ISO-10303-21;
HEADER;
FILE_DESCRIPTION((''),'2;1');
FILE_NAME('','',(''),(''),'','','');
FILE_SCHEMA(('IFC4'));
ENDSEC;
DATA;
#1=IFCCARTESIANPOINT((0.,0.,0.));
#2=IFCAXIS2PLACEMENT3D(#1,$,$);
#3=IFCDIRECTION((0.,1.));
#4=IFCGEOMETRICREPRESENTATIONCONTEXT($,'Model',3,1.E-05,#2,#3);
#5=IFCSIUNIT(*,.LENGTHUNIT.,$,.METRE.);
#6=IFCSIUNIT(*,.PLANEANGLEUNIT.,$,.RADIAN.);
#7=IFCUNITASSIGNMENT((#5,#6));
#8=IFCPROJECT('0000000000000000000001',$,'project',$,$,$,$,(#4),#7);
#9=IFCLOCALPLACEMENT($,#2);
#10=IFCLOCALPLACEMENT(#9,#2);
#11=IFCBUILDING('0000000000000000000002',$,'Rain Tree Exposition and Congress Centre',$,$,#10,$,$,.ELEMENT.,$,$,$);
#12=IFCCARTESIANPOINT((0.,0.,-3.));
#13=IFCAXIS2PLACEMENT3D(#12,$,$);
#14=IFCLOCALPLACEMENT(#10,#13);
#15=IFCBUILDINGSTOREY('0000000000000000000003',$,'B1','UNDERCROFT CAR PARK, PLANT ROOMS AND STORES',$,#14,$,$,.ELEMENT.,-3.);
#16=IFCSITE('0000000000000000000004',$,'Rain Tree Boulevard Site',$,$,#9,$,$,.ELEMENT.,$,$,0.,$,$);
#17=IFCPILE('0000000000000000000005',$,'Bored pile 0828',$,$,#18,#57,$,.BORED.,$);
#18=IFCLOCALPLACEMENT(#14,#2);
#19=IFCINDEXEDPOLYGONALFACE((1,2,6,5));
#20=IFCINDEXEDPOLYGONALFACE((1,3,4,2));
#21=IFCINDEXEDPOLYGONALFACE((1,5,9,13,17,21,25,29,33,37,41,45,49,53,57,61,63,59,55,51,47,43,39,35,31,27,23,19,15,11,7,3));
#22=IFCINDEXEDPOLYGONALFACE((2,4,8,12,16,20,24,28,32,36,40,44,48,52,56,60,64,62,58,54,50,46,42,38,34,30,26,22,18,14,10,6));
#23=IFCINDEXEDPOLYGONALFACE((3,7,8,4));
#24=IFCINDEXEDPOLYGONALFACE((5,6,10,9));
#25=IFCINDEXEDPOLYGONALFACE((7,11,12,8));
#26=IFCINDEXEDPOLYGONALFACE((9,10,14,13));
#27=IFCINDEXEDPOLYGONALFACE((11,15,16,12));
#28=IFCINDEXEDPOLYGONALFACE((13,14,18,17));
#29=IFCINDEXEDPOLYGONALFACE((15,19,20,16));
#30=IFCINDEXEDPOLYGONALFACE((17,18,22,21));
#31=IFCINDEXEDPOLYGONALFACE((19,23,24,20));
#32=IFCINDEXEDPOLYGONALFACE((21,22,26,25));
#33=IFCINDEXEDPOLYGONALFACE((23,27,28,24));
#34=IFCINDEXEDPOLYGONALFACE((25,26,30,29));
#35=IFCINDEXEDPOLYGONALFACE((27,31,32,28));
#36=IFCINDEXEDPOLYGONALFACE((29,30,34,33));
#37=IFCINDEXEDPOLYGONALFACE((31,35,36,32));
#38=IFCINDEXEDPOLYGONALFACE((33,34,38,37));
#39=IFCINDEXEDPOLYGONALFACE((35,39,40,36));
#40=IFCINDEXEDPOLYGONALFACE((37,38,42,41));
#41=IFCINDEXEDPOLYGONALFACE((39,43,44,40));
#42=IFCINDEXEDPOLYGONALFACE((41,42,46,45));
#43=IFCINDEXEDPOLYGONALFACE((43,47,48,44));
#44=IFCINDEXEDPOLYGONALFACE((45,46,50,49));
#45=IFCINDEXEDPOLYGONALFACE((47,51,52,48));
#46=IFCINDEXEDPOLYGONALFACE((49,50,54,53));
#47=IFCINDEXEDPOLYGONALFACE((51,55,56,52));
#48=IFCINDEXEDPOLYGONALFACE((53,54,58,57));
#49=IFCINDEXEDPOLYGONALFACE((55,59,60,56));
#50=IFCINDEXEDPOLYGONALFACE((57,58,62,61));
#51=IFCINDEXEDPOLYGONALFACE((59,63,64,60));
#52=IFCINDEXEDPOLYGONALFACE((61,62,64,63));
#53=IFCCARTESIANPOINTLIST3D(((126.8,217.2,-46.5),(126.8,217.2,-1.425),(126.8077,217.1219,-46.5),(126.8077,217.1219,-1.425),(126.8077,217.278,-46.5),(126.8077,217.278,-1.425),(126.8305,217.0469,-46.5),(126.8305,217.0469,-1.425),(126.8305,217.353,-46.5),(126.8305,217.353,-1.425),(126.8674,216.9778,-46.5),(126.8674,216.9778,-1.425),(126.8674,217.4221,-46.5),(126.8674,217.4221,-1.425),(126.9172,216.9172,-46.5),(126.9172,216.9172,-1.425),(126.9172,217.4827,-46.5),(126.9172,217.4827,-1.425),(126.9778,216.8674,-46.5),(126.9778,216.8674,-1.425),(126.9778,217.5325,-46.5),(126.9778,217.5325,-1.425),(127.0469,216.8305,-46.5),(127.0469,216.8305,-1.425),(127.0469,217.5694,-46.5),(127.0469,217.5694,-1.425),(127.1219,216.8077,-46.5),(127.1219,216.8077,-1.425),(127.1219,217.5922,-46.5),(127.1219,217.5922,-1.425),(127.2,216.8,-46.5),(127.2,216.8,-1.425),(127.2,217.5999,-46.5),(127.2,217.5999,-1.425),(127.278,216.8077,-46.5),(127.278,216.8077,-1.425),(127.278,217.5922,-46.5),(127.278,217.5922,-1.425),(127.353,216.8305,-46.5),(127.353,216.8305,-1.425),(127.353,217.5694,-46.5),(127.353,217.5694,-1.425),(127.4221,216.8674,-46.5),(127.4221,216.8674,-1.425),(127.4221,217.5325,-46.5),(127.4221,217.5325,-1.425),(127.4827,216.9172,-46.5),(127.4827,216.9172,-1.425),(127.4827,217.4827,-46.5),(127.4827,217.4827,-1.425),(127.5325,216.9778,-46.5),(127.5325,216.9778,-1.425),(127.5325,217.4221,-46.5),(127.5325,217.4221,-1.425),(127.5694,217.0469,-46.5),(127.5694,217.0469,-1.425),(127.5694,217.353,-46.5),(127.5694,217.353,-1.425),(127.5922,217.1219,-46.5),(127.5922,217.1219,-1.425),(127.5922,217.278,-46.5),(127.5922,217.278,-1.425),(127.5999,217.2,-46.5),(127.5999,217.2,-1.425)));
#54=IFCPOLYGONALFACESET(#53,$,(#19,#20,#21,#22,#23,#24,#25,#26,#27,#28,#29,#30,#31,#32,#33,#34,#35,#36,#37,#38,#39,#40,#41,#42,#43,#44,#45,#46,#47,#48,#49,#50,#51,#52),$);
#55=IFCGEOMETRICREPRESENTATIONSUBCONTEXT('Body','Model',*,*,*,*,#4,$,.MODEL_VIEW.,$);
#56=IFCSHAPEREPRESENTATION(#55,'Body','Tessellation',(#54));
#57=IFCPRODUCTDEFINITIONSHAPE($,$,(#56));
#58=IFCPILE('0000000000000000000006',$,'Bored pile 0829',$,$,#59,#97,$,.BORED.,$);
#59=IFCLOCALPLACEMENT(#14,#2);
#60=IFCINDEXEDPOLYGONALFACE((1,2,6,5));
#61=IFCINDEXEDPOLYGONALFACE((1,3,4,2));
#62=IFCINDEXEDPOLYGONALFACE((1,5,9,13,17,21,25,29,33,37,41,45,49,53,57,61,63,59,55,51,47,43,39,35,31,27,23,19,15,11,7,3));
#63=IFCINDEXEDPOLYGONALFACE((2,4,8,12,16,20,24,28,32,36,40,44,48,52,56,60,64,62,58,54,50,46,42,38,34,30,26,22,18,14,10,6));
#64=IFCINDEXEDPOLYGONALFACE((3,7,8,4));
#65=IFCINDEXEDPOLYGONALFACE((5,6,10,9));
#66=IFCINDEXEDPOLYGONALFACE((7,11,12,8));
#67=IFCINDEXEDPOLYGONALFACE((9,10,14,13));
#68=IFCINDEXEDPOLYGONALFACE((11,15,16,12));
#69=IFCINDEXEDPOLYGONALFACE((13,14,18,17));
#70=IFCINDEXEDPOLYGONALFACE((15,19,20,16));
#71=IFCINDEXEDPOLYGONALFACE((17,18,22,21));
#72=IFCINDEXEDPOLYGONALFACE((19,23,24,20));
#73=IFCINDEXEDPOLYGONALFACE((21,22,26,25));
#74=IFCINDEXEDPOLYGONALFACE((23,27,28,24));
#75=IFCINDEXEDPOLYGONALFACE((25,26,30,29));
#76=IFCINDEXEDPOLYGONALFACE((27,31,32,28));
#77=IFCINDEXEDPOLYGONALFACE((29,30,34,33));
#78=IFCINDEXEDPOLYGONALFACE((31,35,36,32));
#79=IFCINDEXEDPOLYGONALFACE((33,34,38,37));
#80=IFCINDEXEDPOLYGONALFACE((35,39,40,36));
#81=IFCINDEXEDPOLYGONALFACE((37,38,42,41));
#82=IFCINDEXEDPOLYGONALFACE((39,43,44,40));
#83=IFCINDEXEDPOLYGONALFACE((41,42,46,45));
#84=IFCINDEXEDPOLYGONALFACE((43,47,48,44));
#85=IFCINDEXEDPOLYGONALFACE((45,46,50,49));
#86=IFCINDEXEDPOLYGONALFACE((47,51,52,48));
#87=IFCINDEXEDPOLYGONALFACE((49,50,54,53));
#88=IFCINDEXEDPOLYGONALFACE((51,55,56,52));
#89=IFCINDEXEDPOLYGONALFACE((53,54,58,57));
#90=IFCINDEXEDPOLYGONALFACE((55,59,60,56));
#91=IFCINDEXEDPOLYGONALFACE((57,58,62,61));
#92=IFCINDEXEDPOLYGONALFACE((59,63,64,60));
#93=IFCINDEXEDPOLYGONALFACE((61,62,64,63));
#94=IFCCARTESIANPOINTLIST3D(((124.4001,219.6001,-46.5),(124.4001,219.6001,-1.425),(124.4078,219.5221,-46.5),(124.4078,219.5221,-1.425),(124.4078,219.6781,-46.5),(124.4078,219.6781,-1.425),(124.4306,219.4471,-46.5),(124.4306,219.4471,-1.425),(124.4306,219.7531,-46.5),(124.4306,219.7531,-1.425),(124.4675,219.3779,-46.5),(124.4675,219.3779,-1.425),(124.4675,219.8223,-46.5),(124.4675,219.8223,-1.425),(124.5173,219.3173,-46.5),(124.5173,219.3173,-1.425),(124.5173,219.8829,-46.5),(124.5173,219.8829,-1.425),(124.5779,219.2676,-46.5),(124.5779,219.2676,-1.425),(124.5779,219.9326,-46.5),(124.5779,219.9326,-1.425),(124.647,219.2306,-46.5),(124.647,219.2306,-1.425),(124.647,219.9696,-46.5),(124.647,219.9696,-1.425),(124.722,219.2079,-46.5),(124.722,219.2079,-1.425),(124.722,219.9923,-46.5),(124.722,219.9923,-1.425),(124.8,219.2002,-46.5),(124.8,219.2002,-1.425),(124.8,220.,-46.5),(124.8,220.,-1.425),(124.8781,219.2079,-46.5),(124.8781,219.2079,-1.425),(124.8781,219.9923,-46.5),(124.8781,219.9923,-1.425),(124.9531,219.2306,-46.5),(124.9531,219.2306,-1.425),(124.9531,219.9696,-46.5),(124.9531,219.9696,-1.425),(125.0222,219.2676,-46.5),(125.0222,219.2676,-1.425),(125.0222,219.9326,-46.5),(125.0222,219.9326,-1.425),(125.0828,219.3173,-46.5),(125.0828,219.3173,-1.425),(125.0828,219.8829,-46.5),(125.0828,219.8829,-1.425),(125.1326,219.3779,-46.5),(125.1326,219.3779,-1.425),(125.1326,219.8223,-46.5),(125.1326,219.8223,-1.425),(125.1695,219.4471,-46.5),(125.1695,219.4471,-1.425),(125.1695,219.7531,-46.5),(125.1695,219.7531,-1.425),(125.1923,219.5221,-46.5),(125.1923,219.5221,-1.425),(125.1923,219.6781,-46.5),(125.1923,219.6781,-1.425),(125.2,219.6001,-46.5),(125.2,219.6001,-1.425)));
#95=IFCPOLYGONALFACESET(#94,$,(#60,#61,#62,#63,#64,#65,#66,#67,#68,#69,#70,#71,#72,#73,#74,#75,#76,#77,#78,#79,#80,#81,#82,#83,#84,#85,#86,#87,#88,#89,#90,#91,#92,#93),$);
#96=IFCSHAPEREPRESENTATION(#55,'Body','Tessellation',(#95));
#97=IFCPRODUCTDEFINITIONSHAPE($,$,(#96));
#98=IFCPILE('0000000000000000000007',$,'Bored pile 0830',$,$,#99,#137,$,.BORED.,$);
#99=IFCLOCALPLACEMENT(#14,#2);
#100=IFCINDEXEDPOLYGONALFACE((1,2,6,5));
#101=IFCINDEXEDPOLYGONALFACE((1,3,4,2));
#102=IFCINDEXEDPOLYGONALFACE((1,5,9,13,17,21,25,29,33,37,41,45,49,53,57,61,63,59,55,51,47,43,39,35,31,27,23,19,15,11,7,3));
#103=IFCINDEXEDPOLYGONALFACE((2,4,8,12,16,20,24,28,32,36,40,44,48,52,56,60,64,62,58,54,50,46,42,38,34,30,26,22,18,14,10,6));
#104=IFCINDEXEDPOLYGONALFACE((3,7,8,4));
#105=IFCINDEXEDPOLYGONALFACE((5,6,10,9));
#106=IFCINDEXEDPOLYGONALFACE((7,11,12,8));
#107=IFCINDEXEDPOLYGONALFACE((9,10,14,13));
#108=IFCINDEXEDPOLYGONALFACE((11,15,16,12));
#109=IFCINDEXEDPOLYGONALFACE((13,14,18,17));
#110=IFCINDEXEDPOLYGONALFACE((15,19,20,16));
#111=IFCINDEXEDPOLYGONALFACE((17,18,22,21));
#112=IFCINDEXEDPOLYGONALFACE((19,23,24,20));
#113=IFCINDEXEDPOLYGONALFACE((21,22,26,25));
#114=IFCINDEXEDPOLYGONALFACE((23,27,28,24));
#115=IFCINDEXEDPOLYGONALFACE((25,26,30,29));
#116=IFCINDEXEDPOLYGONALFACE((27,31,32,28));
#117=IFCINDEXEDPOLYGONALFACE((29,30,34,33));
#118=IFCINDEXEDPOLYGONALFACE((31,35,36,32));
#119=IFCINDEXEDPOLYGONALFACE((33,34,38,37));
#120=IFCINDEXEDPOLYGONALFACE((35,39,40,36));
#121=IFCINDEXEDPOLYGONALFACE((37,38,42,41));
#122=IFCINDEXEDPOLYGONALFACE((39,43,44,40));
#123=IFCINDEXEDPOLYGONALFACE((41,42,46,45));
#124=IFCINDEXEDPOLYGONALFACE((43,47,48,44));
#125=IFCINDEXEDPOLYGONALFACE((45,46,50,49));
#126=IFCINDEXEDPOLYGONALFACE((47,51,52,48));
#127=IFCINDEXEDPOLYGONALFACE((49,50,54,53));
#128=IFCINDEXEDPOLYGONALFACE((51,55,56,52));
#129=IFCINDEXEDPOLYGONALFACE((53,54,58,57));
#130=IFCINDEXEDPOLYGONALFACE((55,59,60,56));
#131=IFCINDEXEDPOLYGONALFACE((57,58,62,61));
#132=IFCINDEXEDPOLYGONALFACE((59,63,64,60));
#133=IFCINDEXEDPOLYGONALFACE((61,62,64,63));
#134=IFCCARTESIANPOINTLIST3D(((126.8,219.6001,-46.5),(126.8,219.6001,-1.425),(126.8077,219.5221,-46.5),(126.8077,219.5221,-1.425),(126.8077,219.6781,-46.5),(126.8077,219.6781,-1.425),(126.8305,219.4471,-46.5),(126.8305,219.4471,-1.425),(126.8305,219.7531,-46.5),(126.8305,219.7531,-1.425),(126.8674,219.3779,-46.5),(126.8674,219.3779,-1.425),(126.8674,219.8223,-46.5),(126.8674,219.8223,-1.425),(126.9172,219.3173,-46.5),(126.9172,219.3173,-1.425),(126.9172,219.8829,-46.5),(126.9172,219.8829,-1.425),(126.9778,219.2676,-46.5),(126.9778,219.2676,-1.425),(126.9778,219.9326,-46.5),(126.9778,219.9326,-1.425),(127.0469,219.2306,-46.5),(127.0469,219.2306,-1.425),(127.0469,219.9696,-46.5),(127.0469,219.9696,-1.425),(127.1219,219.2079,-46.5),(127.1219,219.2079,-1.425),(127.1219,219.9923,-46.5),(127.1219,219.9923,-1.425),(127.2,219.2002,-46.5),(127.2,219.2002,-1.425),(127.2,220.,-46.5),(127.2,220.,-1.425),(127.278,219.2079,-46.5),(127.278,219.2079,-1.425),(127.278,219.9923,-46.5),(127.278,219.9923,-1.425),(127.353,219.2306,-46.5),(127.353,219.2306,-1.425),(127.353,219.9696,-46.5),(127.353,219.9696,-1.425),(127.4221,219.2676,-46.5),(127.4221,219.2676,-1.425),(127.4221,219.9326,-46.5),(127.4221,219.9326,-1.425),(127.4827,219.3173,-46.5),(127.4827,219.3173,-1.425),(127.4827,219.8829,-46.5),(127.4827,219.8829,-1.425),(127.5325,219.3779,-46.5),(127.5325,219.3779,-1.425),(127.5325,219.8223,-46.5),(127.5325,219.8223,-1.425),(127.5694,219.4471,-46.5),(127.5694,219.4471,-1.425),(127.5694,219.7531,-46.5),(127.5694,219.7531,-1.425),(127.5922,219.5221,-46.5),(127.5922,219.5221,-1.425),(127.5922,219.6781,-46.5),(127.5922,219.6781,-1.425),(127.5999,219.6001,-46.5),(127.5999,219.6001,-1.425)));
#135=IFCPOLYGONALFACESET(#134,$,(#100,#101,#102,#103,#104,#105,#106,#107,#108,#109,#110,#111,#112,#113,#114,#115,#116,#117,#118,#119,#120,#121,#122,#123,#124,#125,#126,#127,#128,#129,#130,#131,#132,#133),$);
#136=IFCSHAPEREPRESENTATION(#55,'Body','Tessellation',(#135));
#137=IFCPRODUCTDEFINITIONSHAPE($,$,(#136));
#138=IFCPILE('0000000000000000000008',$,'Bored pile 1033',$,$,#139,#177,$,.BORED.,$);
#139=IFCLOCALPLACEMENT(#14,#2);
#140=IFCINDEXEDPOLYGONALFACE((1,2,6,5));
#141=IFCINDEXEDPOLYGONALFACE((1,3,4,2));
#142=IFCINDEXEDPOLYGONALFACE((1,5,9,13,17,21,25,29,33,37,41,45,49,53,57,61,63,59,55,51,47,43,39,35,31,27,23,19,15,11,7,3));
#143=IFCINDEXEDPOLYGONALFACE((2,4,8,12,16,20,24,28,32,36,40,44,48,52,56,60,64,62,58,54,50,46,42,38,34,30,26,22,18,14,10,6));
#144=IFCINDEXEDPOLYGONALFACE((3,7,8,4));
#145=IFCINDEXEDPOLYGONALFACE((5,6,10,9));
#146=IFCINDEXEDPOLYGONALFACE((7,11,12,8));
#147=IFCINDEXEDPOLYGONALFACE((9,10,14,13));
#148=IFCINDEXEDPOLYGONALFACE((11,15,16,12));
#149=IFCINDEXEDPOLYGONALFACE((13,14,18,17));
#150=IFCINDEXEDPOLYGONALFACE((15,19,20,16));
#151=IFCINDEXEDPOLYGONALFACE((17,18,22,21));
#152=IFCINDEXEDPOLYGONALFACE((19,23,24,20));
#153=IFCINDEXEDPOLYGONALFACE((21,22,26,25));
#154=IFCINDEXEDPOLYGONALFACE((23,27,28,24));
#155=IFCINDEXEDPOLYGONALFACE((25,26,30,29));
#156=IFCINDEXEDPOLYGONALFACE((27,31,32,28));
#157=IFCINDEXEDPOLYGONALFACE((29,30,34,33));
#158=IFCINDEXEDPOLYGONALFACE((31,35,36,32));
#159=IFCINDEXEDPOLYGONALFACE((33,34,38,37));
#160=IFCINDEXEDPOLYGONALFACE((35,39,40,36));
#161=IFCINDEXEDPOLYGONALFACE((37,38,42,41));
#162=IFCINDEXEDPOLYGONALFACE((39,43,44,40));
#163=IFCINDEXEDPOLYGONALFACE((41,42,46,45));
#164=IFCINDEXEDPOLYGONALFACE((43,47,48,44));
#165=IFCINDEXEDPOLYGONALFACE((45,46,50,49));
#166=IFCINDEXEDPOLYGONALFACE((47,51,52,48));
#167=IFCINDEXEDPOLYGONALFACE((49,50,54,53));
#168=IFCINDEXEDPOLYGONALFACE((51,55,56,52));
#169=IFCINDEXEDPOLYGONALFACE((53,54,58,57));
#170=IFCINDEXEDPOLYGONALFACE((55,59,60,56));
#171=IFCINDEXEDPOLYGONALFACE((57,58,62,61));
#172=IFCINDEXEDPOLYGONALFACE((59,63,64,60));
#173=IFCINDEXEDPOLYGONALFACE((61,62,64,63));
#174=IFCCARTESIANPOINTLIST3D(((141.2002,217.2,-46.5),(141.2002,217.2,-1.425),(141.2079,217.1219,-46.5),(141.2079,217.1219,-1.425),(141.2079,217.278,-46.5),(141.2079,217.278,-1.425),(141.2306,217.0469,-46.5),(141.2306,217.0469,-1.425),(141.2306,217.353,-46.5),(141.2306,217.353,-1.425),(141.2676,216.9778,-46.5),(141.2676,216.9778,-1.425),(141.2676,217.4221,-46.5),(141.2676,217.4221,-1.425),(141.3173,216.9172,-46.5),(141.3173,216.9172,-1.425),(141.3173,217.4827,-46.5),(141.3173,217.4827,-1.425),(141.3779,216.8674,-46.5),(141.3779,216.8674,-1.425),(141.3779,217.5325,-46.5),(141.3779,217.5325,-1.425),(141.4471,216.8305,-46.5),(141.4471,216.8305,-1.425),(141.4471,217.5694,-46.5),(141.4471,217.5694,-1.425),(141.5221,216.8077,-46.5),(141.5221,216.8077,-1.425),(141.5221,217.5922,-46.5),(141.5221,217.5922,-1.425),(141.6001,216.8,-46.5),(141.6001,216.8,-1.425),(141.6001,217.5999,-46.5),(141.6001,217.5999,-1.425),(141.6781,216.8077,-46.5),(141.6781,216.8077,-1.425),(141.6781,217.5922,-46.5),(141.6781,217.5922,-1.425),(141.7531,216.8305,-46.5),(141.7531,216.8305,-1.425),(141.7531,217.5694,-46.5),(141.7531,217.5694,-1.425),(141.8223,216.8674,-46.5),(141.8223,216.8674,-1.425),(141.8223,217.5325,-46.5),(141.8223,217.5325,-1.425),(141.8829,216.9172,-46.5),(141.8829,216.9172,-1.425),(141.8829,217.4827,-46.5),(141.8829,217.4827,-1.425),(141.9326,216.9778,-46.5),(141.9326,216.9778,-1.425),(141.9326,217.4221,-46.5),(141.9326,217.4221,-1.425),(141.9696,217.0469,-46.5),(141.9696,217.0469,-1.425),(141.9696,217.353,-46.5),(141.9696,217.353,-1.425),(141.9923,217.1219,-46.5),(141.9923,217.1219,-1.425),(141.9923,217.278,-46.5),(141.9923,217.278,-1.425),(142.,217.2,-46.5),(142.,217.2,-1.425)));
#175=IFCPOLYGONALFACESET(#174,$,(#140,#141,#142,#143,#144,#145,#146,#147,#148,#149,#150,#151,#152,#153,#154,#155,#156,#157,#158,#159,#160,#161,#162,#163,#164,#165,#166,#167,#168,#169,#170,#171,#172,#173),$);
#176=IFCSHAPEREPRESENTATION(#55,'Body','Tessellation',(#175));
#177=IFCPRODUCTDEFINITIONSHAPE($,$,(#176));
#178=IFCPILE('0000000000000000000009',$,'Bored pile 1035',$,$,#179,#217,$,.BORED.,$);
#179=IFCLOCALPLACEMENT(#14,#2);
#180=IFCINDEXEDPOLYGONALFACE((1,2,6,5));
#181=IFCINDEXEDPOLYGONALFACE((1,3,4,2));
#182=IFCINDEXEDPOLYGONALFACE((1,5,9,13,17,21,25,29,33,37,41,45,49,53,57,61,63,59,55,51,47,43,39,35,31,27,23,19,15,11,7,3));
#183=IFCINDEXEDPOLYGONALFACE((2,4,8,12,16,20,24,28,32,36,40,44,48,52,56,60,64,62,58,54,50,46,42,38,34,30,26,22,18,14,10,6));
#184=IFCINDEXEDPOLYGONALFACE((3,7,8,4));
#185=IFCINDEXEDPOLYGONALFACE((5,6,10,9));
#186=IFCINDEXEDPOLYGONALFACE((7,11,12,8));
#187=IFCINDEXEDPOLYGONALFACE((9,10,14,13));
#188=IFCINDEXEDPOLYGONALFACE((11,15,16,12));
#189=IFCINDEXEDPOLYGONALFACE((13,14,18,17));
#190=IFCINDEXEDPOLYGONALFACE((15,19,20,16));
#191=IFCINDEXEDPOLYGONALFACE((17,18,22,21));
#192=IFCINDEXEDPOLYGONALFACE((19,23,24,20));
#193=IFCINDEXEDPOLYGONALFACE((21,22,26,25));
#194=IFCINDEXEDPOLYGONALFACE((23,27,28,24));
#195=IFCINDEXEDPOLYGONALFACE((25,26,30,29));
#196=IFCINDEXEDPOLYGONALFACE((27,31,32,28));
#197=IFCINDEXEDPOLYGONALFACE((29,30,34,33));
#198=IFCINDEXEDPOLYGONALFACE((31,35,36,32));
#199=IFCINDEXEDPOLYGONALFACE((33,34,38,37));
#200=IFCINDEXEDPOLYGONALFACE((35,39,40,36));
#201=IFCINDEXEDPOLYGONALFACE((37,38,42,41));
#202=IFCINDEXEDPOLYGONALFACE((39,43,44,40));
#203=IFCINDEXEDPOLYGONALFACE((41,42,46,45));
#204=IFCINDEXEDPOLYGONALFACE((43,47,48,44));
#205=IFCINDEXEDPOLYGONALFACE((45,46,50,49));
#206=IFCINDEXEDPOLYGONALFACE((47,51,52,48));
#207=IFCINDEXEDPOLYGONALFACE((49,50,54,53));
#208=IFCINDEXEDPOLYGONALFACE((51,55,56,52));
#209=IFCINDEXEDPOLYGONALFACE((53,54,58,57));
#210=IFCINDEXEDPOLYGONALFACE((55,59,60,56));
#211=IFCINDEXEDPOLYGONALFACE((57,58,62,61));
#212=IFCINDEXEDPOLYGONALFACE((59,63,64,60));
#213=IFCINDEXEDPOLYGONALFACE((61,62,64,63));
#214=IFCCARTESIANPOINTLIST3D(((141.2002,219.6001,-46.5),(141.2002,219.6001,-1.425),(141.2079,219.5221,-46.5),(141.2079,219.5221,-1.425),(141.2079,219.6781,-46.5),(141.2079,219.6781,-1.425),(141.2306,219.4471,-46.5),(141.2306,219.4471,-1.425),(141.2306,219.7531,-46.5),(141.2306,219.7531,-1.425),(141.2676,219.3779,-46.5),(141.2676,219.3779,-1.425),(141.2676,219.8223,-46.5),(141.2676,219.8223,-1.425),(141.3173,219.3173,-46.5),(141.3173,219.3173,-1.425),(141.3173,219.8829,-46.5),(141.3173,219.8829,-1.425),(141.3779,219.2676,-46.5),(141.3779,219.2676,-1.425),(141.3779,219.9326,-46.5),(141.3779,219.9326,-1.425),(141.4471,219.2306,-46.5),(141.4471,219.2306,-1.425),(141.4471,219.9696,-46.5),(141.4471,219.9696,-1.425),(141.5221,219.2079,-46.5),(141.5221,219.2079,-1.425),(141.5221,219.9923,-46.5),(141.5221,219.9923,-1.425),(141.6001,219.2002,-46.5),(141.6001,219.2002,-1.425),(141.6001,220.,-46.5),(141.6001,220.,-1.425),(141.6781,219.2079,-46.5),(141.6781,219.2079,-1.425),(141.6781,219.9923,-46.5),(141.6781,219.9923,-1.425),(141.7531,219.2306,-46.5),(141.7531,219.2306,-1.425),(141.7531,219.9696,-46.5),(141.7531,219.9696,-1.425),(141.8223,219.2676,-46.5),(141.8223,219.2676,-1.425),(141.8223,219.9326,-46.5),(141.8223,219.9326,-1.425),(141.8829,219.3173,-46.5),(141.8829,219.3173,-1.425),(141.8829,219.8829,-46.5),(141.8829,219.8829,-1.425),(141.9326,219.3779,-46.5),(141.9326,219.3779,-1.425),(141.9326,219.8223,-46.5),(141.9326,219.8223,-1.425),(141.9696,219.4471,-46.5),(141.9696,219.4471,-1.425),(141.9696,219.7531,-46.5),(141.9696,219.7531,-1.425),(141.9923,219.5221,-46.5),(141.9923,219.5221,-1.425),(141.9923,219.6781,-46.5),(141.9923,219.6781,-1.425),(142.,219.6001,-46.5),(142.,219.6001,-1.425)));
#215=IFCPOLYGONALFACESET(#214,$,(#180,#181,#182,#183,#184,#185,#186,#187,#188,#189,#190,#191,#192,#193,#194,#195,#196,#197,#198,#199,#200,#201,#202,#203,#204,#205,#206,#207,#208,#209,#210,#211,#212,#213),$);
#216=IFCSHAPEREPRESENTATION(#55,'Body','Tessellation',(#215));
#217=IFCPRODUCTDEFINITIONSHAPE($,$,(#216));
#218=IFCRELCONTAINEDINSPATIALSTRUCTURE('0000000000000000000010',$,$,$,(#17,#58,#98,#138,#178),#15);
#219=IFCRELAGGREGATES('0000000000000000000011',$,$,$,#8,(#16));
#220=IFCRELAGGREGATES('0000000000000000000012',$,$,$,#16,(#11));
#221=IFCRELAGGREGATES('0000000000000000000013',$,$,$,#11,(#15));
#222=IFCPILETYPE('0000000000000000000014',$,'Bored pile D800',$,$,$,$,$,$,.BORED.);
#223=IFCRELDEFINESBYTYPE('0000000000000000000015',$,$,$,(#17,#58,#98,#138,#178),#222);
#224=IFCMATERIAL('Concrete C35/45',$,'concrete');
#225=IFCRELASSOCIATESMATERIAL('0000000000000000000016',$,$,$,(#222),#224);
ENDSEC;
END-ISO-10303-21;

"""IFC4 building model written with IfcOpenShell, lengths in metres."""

from ifc_helpers import new_model, si_unit, direction, frame, origin, origin_2d, place, context, subcontext, project, spatial, circle, extrude, material, material_profile, profile_set, type_object, element, save


model = new_model("IFC4")

# Units and contexts
model_context = context("Model", 3, precision=1e-05, world=origin(), true_north=direction((0.0, 1.0)))
body_context = subcontext(model_context, "Body", "Model", "MODEL_VIEW")
ifc_project = project(units=[si_unit("LENGTHUNIT", "METRE"), si_unit("PLANEANGLEUNIT", "RADIAN")], contexts=[model_context])

# Site, building, storey
site_placement = place(None, origin())
site = spatial("IfcSite", under=ifc_project, at=site_placement, Name="Rain Tree Boulevard Site", CompositionType="ELEMENT", RefElevation=0.0)
building_placement = place(site_placement, origin())
building = spatial("IfcBuilding", under=site, at=building_placement, Name="Rain Tree Exposition and Congress Centre", CompositionType="ELEMENT")
storey_placement = place(building_placement, frame((0.0, 0.0, -3.0)))
storey = spatial("IfcBuildingStorey", under=building, at=storey_placement, Name="B1", Description="UNDERCROFT CAR PARK, PLANT ROOMS AND STORES", CompositionType="ELEMENT", Elevation=-3.0)

# Piles
ifc_material_1 = material(Name="Concrete C35/45", Category="concrete")
ifc_material_profile_1 = material_profile(ifc_material_1, circle(Radius=0.3999, at=origin_2d()), Name="D800")
ifc_profile_set_1 = profile_set([ifc_material_profile_1], Name="Concrete C35/45")
pile_type_1 = type_object("IfcPileType", Name="Bored pile D800", PredefinedType="BORED", material=ifc_profile_set_1)
for number, where, z_axis, x_axis, name in (
    (1, (127.2, 217.2, -1.425), (0.0, 0.0, -1.0), (1.0, 0.0, 0.0), "Bored pile 0828"),
    (2, (124.8, 219.6001, -1.425), (0.0, 0.0, -1.0), (1.0, 0.0, 0.0), "Bored pile 0829"),
    (3, (127.2, 219.6001, -1.425), (0.0, 0.0, -1.0), (1.0, 0.0, 0.0), "Bored pile 0830"),
    (4, (141.6001, 217.2, -1.425), (0.0, 0.0, -1.0), (1.0, 0.0, 0.0), "Bored pile 1033"),
    (5, (141.6001, 219.6001, -1.425), (0.0, 0.0, -1.0), (1.0, 0.0, 0.0), "Bored pile 1035"),
):
    element("IfcPile", number, at=place(storey_placement, frame(where, z_axis=z_axis, x_axis=x_axis)), inside=storey, type_object=pile_type_1, Name=name, PredefinedType="BORED", context=body_context, shape_type="SweptSolid", body=[
        extrude(circle(Radius=0.3999, at=origin_2d()), origin(), (0.0, 0.0, 1.0), 45.075),
    ])

save(model, "model.ifc")
